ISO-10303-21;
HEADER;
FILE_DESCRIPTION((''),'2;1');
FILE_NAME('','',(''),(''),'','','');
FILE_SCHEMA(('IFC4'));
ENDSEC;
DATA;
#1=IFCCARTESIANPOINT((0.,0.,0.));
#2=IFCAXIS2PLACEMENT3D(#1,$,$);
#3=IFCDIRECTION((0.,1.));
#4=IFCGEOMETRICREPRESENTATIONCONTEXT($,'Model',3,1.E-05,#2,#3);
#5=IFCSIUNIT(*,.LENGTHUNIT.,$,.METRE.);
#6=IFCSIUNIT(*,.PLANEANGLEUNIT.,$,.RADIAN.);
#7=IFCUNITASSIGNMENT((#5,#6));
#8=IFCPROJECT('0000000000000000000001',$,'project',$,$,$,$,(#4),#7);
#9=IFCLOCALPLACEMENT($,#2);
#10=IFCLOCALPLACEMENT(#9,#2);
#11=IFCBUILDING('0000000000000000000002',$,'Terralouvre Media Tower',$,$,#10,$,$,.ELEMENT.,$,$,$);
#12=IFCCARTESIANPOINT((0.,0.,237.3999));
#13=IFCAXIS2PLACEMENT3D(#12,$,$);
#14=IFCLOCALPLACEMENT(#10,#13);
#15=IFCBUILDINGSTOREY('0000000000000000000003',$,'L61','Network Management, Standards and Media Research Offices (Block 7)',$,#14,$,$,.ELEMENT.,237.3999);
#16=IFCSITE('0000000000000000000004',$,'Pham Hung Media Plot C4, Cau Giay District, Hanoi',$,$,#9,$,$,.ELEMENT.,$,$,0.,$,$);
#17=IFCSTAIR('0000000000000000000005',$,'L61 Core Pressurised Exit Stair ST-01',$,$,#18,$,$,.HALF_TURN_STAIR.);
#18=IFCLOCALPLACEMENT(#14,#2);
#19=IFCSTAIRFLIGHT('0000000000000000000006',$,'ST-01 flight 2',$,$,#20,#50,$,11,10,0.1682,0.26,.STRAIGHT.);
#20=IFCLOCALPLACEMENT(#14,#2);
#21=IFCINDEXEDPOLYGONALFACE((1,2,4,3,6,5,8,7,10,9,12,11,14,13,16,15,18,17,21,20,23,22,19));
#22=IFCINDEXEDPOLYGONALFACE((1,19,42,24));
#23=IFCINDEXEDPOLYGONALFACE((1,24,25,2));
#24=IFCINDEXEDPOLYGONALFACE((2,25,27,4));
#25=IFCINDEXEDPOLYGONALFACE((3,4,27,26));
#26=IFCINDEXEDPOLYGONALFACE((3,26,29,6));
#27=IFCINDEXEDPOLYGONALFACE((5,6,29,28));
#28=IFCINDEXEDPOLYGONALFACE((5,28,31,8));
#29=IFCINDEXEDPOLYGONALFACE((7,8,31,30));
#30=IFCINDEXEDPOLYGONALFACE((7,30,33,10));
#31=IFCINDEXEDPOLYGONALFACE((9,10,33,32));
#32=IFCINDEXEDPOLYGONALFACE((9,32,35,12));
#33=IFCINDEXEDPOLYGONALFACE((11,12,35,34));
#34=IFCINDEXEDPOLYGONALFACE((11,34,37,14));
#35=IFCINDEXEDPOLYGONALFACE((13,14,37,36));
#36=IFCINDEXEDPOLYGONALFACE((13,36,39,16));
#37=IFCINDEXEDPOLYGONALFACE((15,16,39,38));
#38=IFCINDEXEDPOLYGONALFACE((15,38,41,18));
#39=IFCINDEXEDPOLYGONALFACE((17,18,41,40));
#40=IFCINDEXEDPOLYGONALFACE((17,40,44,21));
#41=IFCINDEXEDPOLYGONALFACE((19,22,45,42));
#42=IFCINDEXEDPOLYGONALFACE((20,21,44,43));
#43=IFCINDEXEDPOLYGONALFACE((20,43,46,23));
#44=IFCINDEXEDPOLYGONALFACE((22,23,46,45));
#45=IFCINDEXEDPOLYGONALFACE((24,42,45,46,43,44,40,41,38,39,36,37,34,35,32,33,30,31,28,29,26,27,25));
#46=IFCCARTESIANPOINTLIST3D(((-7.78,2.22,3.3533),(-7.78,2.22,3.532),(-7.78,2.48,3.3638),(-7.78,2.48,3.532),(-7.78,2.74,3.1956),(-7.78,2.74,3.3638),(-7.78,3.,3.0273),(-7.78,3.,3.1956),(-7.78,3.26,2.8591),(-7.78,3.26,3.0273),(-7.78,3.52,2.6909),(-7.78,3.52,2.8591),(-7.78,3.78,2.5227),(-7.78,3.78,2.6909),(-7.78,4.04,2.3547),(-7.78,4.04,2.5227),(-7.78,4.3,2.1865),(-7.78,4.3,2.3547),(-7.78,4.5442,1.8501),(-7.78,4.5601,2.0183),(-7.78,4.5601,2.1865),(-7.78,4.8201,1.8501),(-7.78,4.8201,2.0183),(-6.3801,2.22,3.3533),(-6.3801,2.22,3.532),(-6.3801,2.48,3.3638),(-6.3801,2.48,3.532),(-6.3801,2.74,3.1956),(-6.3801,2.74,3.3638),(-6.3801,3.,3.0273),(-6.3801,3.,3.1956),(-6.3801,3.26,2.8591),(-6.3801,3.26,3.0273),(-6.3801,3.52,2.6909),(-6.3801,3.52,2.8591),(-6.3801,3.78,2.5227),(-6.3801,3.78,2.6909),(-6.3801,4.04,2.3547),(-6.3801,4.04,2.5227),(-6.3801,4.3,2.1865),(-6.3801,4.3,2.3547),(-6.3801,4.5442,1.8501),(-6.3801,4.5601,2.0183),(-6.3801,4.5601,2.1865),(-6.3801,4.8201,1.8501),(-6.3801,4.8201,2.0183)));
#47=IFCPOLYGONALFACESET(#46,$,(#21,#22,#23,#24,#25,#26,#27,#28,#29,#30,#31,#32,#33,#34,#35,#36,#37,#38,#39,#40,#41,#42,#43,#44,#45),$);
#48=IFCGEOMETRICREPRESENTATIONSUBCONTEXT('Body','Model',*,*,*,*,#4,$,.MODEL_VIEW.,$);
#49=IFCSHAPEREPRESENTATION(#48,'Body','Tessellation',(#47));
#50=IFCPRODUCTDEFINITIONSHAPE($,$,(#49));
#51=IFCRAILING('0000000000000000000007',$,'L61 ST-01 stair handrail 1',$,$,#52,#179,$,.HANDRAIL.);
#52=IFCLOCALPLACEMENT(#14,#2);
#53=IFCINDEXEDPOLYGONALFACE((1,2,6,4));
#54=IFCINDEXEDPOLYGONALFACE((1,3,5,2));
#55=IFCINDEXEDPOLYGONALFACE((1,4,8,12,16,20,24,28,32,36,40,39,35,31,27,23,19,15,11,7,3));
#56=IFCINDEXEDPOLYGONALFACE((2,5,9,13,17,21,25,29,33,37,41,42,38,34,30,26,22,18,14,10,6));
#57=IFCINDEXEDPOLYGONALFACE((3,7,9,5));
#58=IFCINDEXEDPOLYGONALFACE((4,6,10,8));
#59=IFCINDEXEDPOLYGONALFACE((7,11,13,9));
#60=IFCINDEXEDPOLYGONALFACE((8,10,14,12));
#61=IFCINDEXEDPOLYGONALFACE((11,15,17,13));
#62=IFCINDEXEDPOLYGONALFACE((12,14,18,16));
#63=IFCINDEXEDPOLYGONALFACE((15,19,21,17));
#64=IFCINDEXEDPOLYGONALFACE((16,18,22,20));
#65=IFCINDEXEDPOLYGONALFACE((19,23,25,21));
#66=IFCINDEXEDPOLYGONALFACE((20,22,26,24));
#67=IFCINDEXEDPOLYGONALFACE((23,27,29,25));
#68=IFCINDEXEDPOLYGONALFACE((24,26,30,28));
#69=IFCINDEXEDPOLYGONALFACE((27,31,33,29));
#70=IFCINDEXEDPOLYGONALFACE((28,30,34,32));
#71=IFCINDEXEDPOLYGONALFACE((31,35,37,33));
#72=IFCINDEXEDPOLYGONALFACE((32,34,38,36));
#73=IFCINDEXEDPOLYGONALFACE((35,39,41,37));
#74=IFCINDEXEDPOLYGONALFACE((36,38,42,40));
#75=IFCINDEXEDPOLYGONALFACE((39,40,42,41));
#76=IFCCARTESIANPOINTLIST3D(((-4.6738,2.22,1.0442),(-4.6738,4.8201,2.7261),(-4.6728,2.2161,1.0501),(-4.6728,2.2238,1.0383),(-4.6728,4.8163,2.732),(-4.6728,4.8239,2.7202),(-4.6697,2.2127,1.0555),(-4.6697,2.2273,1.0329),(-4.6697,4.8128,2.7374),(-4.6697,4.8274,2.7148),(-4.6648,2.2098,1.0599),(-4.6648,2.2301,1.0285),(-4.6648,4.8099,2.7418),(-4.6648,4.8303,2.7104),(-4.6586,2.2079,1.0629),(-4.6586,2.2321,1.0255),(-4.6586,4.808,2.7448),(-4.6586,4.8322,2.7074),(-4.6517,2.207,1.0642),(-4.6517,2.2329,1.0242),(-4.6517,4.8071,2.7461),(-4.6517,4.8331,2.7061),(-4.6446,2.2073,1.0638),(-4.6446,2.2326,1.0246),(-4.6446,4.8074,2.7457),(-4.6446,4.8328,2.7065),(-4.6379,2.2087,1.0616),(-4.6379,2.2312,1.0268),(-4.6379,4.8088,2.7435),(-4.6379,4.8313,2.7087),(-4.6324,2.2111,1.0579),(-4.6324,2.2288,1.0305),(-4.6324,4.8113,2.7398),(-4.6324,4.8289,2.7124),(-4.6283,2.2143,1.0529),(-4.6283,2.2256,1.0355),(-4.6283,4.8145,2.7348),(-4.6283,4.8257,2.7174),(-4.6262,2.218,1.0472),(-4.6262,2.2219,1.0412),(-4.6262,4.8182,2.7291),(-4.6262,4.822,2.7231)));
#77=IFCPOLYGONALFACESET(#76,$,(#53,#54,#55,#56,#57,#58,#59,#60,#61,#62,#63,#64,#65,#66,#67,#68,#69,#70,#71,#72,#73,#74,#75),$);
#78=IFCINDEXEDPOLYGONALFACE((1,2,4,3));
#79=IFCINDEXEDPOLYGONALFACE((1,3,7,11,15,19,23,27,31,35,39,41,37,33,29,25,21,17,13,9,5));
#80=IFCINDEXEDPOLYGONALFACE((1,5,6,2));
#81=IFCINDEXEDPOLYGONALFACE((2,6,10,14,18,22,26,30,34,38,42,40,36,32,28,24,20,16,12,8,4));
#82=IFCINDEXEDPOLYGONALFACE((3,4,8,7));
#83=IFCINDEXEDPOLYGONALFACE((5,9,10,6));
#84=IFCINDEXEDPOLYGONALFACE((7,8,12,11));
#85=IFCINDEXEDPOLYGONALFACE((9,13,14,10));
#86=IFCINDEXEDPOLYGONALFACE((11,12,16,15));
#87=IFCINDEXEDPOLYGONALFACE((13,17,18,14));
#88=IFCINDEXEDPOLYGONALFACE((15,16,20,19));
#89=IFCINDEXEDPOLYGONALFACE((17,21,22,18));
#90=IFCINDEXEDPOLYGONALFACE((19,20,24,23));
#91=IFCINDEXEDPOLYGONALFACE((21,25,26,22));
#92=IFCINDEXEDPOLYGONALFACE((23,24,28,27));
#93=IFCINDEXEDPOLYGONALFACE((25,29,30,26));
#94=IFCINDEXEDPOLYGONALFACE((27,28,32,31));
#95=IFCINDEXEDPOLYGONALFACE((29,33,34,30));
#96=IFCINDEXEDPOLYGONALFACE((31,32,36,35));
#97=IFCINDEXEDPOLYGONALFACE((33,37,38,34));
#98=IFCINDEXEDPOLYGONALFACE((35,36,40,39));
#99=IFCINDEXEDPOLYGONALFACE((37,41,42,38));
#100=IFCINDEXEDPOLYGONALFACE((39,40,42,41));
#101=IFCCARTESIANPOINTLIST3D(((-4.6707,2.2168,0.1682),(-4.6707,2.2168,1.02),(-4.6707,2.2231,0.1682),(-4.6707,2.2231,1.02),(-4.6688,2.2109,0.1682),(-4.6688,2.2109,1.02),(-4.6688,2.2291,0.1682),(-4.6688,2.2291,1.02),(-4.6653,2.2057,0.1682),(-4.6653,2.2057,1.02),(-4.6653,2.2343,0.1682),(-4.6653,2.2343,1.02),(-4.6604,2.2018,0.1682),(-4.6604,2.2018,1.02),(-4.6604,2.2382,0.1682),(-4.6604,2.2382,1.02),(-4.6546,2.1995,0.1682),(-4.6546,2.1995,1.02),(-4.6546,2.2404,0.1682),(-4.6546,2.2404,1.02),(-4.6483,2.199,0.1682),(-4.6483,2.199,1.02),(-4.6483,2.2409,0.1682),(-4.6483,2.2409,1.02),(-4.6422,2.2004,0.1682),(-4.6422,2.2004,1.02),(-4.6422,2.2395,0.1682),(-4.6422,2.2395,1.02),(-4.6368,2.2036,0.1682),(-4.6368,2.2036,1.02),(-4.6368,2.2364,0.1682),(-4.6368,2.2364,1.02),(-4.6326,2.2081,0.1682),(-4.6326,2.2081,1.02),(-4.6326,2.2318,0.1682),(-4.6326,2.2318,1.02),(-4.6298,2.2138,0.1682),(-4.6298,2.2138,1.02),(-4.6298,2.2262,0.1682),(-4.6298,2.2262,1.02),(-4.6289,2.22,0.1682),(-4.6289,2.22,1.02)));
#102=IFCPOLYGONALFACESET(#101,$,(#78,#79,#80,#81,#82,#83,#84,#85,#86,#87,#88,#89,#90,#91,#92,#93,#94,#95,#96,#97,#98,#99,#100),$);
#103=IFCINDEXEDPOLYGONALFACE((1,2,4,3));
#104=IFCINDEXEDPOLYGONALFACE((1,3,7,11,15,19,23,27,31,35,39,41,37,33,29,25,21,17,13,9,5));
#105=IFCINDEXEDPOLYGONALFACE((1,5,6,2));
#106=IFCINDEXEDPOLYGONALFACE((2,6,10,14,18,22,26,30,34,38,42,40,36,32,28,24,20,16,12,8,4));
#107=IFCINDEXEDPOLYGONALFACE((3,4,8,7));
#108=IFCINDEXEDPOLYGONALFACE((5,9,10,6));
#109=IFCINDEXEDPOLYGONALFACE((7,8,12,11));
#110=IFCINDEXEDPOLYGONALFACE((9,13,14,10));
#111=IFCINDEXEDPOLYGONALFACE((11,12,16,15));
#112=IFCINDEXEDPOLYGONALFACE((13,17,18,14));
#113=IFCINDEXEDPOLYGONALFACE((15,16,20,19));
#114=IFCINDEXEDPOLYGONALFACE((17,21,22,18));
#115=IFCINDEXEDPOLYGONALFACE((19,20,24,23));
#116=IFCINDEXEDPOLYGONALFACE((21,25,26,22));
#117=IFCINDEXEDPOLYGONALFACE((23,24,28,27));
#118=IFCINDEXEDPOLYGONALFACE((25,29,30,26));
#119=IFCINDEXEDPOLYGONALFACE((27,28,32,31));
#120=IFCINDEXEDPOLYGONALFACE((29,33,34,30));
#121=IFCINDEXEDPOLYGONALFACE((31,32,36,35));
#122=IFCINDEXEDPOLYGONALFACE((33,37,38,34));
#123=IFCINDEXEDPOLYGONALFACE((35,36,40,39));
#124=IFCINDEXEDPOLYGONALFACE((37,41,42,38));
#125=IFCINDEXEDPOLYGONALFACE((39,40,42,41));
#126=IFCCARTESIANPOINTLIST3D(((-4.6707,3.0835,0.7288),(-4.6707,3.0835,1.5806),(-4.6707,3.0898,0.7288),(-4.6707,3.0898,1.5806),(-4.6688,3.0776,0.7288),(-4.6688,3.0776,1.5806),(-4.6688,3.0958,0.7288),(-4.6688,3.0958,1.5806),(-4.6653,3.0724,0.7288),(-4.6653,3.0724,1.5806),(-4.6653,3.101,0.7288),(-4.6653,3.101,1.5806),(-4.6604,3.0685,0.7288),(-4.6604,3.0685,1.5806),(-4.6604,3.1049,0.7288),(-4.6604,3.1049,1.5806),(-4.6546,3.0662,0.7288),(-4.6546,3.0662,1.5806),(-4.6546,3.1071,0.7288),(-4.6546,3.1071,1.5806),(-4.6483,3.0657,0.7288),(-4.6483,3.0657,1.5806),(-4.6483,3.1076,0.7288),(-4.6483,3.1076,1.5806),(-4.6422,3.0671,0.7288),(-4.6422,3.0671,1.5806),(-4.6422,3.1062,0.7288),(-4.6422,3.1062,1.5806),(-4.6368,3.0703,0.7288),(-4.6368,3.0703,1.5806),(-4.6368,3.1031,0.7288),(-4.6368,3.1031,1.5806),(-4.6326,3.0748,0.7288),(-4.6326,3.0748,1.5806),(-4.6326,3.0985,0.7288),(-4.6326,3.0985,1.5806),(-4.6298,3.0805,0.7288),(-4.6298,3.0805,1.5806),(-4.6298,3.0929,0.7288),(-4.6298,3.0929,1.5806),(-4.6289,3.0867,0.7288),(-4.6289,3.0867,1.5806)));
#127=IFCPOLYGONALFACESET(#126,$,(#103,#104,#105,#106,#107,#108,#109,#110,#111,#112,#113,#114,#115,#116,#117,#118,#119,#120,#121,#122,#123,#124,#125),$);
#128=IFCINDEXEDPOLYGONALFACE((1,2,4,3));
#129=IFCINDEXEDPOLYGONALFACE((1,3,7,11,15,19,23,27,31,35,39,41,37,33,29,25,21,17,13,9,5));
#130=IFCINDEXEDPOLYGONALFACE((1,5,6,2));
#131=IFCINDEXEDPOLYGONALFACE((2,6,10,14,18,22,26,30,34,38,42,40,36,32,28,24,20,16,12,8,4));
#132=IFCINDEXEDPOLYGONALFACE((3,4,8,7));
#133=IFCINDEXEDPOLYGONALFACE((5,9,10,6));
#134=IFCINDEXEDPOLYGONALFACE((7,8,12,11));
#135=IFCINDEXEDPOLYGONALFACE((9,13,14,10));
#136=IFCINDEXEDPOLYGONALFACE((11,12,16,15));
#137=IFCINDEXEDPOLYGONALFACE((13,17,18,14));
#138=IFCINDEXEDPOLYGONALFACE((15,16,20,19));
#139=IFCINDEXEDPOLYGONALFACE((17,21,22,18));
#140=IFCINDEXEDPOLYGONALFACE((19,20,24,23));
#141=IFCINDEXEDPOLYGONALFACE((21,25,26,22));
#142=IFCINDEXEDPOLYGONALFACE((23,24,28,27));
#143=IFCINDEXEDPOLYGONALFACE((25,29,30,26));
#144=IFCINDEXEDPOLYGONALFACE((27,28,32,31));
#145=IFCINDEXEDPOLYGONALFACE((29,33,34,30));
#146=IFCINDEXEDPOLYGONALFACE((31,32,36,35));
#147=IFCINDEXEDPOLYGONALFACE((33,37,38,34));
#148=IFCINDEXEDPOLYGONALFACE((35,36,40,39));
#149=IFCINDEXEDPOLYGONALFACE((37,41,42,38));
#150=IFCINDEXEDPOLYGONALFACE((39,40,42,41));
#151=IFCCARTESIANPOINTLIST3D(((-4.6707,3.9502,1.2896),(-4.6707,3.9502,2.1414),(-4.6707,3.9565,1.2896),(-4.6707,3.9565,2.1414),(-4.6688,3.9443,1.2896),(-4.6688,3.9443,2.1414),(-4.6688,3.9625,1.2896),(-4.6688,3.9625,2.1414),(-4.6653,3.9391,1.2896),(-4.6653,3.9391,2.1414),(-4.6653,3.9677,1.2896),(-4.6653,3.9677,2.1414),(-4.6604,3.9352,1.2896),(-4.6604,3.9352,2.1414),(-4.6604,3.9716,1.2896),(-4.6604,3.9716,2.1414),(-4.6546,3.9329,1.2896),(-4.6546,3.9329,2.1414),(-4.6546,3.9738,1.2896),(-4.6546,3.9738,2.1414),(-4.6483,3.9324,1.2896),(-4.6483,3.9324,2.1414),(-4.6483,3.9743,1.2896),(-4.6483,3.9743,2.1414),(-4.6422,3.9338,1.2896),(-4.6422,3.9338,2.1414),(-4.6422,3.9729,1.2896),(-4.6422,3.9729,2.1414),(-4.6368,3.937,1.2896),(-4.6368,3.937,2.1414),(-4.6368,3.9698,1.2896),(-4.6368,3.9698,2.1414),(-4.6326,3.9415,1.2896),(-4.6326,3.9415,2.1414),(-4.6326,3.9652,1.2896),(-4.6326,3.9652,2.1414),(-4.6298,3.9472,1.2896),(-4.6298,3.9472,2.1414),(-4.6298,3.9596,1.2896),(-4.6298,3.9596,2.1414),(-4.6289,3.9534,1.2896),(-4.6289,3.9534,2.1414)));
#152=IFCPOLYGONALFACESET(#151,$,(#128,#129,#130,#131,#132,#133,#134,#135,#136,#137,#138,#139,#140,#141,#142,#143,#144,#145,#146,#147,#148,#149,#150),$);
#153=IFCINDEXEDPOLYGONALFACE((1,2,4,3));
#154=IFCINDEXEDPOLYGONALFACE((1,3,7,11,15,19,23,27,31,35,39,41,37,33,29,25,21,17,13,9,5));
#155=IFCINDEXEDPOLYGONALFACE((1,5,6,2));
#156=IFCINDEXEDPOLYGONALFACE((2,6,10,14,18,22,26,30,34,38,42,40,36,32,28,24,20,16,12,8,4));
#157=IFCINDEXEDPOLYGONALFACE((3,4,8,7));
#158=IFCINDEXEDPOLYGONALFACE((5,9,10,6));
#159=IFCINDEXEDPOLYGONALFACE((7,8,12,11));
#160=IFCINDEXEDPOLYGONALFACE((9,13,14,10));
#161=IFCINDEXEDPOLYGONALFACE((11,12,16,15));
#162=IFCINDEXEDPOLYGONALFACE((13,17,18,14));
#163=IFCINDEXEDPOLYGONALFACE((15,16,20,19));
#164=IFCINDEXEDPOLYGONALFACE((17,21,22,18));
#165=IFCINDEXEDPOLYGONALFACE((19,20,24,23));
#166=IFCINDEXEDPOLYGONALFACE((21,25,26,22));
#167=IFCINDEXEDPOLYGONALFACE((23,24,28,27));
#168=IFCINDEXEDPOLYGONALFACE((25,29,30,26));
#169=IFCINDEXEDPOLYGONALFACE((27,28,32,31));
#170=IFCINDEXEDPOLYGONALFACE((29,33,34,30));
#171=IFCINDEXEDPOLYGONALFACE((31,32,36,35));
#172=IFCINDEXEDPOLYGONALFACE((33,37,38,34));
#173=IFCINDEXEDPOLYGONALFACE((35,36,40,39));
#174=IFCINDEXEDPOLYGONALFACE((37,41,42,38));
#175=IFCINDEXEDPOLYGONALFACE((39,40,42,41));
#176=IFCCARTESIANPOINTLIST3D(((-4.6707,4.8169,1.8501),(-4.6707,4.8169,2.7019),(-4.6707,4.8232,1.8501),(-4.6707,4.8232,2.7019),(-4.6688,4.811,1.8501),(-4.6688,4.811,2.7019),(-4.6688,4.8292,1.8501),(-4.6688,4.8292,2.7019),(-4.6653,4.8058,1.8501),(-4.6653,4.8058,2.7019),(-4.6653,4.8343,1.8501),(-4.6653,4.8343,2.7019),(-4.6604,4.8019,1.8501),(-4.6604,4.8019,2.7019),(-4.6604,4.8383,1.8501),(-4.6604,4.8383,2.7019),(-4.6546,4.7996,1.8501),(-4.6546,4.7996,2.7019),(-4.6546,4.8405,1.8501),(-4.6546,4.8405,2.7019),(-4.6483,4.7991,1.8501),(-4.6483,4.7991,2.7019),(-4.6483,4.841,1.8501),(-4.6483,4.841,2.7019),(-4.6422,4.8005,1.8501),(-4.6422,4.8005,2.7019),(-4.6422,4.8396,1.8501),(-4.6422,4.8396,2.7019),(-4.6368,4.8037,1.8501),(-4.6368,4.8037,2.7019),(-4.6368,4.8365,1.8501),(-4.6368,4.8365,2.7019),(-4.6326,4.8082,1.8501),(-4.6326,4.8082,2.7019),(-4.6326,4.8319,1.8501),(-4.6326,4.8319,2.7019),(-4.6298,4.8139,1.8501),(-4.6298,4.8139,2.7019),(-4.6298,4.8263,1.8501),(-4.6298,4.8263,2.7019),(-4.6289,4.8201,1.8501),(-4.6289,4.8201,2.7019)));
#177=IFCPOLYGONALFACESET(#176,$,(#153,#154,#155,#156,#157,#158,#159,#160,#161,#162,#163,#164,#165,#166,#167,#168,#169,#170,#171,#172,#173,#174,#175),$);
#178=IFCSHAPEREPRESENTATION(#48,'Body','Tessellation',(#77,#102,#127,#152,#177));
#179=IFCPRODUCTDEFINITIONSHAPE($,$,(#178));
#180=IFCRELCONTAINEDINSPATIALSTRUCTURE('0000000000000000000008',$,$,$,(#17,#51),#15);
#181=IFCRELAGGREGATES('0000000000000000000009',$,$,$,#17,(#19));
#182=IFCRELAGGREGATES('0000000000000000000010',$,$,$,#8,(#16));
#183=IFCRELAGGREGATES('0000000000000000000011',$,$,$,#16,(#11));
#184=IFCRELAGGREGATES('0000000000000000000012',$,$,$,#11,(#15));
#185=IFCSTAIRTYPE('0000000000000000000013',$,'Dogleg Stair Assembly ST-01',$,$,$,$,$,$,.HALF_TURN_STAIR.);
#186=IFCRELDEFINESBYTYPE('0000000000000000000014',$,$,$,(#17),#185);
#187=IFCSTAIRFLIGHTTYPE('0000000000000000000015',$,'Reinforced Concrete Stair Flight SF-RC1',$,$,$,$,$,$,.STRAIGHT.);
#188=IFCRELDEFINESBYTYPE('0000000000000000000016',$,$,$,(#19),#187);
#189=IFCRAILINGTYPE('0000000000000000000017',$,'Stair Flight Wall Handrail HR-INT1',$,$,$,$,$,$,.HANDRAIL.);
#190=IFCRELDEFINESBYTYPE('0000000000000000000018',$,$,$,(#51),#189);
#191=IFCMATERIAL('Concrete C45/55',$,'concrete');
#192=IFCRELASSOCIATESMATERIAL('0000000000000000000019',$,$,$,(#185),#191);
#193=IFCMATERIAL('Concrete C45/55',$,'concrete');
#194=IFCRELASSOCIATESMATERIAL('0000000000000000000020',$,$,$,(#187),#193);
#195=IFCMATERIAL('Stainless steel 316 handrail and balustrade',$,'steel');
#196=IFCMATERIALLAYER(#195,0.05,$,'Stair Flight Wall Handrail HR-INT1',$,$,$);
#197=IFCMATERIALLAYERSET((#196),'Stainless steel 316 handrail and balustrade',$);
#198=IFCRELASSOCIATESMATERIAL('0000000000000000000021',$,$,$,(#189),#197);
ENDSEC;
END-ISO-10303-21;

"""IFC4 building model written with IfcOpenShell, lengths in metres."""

from ifc_helpers import new_model, si_unit, direction, frame, origin, origin_2d, place, context, subcontext, project, spatial, polyline, circle, outline, extrude, material, layer, layer_set, type_object, element, aggregate, save


model = new_model("IFC4")

# Units and contexts
model_context = context("Model", 3, precision=1e-05, world=origin(), true_north=direction((0.0, 1.0)))
body_context = subcontext(model_context, "Body", "Model", "MODEL_VIEW")
ifc_project = project(units=[si_unit("LENGTHUNIT", "METRE"), si_unit("PLANEANGLEUNIT", "RADIAN")], contexts=[model_context])

# Site, building, storey
site_placement = place(None, origin())
site = spatial("IfcSite", under=ifc_project, at=site_placement, Name="Pham Hung Media Plot C4, Cau Giay District, Hanoi", CompositionType="ELEMENT", RefElevation=0.0)
building_placement = place(site_placement, origin())
building = spatial("IfcBuilding", under=site, at=building_placement, Name="Terralouvre Media Tower", CompositionType="ELEMENT")
storey_placement = place(building_placement, frame((0.0, 0.0, 237.3999)))
storey = spatial("IfcBuildingStorey", under=building, at=storey_placement, Name="L61", Description="Network Management, Standards and Media Research Offices (Block 7)", CompositionType="ELEMENT", Elevation=237.3999)

# Stair, stair flight
ifc_material_1 = material(Name="Concrete C45/55", Category="concrete")
stair_type = type_object("IfcStairType", Name="Dogleg Stair Assembly ST-01", PredefinedType="HALF_TURN_STAIR", material=ifc_material_1)
stair_placement = place(storey_placement, origin())
stair = element("IfcStair", 1, at=stair_placement, inside=storey, type_object=stair_type, Name="L61 Core Pressurised Exit Stair ST-01", PredefinedType="HALF_TURN_STAIR")
ifc_material_2 = material(Name="Concrete C45/55", Category="concrete")
stair_flight_type = type_object("IfcStairFlightType", Name="Reinforced Concrete Stair Flight SF-RC1", PredefinedType="STRAIGHT", material=ifc_material_2)
stair_flight_1_placement = place(storey_placement, frame((-7.0801, 4.8201, 1.8501), z_axis=(0.0, 0.0, 1.0), x_axis=(0.0, -1.0, 0.0)))
stair_flight_1 = element("IfcStairFlight", 2, at=stair_flight_1_placement, type_object=stair_flight_type, Name="ST-01 flight 2", NumberOfRisers=11, NumberOfTreads=10, PredefinedType="STRAIGHT", RiserHeight=0.1682, TreadLength=0.26, context=body_context, shape_type="SweptSolid", body=[
    extrude(outline(polyline([(0.0, 0.0), (0.0, 0.1682), (0.26, 0.1682), (0.26, 0.3364), (0.52, 0.3364), (0.52, 0.5046), (0.78, 0.5046), (0.78, 0.6726), (1.04, 0.6726), (1.04, 0.8408), (1.3, 0.8408), (1.3, 1.009), (1.5601, 1.009), (1.5601, 1.1772), (1.8201, 1.1772), (1.8201, 1.3455), (2.0801, 1.3455), (2.0801, 1.5137), (2.3401, 1.5137), (2.3401, 1.6819), (2.6001, 1.6819), (2.6001, 1.8501), (2.6001, 1.5032), (0.2759, 0.0), (0.0, 0.0)])), frame((0.0, 0.7, 0.0), z_axis=(0.0, -1.0, 0.0), x_axis=(1.0, 0.0, 0.0)), (0.0, 0.0, 1.0), 1.3999),
])
aggregate(stair, [stair_flight_1])

# Railing
ifc_material_3 = material(Name="Stainless steel 316 handrail and balustrade", Category="steel")
ifc_layer_1 = layer(ifc_material_3, 0.05, Name="Stair Flight Wall Handrail HR-INT1")
ifc_layer_set_1 = layer_set([ifc_layer_1], Name="Stainless steel 316 handrail and balustrade")
railing_type_1 = type_object("IfcRailingType", Name="Stair Flight Wall Handrail HR-INT1", PredefinedType="HANDRAIL", material=ifc_layer_set_1)
railing_1_placement = place(storey_placement, frame((-4.6499, 2.22, 0.1682)))
element("IfcRailing", 3, at=railing_1_placement, inside=storey, type_object=railing_type_1, Name="L61 ST-01 stair handrail 1", PredefinedType="HANDRAIL", context=body_context, shape_type="SweptSolid", body=[
    extrude(circle(Radius=0.0239, at=origin_2d()), frame((0.0, 0.0, 0.876), z_axis=(0.0, 0.839648, 0.54313), x_axis=(-1.0, 0.0, 0.0)), (0.0, 0.0, 1.0), 3.0967),
    extrude(circle(Radius=0.021, at=origin_2d()), origin(), (0.0, 0.0, 1.0), 0.8518),
    extrude(circle(Radius=0.021, at=origin_2d()), frame((0.0, 0.8667, 0.5605)), (0.0, 0.0, 1.0), 0.8518),
    extrude(circle(Radius=0.021, at=origin_2d()), frame((0.0, 1.7334, 1.1213)), (0.0, 0.0, 1.0), 0.8518),
    extrude(circle(Radius=0.021, at=origin_2d()), frame((0.0, 2.6001, 1.6819)), (0.0, 0.0, 1.0), 0.8518),
])

save(model, "model.ifc")
